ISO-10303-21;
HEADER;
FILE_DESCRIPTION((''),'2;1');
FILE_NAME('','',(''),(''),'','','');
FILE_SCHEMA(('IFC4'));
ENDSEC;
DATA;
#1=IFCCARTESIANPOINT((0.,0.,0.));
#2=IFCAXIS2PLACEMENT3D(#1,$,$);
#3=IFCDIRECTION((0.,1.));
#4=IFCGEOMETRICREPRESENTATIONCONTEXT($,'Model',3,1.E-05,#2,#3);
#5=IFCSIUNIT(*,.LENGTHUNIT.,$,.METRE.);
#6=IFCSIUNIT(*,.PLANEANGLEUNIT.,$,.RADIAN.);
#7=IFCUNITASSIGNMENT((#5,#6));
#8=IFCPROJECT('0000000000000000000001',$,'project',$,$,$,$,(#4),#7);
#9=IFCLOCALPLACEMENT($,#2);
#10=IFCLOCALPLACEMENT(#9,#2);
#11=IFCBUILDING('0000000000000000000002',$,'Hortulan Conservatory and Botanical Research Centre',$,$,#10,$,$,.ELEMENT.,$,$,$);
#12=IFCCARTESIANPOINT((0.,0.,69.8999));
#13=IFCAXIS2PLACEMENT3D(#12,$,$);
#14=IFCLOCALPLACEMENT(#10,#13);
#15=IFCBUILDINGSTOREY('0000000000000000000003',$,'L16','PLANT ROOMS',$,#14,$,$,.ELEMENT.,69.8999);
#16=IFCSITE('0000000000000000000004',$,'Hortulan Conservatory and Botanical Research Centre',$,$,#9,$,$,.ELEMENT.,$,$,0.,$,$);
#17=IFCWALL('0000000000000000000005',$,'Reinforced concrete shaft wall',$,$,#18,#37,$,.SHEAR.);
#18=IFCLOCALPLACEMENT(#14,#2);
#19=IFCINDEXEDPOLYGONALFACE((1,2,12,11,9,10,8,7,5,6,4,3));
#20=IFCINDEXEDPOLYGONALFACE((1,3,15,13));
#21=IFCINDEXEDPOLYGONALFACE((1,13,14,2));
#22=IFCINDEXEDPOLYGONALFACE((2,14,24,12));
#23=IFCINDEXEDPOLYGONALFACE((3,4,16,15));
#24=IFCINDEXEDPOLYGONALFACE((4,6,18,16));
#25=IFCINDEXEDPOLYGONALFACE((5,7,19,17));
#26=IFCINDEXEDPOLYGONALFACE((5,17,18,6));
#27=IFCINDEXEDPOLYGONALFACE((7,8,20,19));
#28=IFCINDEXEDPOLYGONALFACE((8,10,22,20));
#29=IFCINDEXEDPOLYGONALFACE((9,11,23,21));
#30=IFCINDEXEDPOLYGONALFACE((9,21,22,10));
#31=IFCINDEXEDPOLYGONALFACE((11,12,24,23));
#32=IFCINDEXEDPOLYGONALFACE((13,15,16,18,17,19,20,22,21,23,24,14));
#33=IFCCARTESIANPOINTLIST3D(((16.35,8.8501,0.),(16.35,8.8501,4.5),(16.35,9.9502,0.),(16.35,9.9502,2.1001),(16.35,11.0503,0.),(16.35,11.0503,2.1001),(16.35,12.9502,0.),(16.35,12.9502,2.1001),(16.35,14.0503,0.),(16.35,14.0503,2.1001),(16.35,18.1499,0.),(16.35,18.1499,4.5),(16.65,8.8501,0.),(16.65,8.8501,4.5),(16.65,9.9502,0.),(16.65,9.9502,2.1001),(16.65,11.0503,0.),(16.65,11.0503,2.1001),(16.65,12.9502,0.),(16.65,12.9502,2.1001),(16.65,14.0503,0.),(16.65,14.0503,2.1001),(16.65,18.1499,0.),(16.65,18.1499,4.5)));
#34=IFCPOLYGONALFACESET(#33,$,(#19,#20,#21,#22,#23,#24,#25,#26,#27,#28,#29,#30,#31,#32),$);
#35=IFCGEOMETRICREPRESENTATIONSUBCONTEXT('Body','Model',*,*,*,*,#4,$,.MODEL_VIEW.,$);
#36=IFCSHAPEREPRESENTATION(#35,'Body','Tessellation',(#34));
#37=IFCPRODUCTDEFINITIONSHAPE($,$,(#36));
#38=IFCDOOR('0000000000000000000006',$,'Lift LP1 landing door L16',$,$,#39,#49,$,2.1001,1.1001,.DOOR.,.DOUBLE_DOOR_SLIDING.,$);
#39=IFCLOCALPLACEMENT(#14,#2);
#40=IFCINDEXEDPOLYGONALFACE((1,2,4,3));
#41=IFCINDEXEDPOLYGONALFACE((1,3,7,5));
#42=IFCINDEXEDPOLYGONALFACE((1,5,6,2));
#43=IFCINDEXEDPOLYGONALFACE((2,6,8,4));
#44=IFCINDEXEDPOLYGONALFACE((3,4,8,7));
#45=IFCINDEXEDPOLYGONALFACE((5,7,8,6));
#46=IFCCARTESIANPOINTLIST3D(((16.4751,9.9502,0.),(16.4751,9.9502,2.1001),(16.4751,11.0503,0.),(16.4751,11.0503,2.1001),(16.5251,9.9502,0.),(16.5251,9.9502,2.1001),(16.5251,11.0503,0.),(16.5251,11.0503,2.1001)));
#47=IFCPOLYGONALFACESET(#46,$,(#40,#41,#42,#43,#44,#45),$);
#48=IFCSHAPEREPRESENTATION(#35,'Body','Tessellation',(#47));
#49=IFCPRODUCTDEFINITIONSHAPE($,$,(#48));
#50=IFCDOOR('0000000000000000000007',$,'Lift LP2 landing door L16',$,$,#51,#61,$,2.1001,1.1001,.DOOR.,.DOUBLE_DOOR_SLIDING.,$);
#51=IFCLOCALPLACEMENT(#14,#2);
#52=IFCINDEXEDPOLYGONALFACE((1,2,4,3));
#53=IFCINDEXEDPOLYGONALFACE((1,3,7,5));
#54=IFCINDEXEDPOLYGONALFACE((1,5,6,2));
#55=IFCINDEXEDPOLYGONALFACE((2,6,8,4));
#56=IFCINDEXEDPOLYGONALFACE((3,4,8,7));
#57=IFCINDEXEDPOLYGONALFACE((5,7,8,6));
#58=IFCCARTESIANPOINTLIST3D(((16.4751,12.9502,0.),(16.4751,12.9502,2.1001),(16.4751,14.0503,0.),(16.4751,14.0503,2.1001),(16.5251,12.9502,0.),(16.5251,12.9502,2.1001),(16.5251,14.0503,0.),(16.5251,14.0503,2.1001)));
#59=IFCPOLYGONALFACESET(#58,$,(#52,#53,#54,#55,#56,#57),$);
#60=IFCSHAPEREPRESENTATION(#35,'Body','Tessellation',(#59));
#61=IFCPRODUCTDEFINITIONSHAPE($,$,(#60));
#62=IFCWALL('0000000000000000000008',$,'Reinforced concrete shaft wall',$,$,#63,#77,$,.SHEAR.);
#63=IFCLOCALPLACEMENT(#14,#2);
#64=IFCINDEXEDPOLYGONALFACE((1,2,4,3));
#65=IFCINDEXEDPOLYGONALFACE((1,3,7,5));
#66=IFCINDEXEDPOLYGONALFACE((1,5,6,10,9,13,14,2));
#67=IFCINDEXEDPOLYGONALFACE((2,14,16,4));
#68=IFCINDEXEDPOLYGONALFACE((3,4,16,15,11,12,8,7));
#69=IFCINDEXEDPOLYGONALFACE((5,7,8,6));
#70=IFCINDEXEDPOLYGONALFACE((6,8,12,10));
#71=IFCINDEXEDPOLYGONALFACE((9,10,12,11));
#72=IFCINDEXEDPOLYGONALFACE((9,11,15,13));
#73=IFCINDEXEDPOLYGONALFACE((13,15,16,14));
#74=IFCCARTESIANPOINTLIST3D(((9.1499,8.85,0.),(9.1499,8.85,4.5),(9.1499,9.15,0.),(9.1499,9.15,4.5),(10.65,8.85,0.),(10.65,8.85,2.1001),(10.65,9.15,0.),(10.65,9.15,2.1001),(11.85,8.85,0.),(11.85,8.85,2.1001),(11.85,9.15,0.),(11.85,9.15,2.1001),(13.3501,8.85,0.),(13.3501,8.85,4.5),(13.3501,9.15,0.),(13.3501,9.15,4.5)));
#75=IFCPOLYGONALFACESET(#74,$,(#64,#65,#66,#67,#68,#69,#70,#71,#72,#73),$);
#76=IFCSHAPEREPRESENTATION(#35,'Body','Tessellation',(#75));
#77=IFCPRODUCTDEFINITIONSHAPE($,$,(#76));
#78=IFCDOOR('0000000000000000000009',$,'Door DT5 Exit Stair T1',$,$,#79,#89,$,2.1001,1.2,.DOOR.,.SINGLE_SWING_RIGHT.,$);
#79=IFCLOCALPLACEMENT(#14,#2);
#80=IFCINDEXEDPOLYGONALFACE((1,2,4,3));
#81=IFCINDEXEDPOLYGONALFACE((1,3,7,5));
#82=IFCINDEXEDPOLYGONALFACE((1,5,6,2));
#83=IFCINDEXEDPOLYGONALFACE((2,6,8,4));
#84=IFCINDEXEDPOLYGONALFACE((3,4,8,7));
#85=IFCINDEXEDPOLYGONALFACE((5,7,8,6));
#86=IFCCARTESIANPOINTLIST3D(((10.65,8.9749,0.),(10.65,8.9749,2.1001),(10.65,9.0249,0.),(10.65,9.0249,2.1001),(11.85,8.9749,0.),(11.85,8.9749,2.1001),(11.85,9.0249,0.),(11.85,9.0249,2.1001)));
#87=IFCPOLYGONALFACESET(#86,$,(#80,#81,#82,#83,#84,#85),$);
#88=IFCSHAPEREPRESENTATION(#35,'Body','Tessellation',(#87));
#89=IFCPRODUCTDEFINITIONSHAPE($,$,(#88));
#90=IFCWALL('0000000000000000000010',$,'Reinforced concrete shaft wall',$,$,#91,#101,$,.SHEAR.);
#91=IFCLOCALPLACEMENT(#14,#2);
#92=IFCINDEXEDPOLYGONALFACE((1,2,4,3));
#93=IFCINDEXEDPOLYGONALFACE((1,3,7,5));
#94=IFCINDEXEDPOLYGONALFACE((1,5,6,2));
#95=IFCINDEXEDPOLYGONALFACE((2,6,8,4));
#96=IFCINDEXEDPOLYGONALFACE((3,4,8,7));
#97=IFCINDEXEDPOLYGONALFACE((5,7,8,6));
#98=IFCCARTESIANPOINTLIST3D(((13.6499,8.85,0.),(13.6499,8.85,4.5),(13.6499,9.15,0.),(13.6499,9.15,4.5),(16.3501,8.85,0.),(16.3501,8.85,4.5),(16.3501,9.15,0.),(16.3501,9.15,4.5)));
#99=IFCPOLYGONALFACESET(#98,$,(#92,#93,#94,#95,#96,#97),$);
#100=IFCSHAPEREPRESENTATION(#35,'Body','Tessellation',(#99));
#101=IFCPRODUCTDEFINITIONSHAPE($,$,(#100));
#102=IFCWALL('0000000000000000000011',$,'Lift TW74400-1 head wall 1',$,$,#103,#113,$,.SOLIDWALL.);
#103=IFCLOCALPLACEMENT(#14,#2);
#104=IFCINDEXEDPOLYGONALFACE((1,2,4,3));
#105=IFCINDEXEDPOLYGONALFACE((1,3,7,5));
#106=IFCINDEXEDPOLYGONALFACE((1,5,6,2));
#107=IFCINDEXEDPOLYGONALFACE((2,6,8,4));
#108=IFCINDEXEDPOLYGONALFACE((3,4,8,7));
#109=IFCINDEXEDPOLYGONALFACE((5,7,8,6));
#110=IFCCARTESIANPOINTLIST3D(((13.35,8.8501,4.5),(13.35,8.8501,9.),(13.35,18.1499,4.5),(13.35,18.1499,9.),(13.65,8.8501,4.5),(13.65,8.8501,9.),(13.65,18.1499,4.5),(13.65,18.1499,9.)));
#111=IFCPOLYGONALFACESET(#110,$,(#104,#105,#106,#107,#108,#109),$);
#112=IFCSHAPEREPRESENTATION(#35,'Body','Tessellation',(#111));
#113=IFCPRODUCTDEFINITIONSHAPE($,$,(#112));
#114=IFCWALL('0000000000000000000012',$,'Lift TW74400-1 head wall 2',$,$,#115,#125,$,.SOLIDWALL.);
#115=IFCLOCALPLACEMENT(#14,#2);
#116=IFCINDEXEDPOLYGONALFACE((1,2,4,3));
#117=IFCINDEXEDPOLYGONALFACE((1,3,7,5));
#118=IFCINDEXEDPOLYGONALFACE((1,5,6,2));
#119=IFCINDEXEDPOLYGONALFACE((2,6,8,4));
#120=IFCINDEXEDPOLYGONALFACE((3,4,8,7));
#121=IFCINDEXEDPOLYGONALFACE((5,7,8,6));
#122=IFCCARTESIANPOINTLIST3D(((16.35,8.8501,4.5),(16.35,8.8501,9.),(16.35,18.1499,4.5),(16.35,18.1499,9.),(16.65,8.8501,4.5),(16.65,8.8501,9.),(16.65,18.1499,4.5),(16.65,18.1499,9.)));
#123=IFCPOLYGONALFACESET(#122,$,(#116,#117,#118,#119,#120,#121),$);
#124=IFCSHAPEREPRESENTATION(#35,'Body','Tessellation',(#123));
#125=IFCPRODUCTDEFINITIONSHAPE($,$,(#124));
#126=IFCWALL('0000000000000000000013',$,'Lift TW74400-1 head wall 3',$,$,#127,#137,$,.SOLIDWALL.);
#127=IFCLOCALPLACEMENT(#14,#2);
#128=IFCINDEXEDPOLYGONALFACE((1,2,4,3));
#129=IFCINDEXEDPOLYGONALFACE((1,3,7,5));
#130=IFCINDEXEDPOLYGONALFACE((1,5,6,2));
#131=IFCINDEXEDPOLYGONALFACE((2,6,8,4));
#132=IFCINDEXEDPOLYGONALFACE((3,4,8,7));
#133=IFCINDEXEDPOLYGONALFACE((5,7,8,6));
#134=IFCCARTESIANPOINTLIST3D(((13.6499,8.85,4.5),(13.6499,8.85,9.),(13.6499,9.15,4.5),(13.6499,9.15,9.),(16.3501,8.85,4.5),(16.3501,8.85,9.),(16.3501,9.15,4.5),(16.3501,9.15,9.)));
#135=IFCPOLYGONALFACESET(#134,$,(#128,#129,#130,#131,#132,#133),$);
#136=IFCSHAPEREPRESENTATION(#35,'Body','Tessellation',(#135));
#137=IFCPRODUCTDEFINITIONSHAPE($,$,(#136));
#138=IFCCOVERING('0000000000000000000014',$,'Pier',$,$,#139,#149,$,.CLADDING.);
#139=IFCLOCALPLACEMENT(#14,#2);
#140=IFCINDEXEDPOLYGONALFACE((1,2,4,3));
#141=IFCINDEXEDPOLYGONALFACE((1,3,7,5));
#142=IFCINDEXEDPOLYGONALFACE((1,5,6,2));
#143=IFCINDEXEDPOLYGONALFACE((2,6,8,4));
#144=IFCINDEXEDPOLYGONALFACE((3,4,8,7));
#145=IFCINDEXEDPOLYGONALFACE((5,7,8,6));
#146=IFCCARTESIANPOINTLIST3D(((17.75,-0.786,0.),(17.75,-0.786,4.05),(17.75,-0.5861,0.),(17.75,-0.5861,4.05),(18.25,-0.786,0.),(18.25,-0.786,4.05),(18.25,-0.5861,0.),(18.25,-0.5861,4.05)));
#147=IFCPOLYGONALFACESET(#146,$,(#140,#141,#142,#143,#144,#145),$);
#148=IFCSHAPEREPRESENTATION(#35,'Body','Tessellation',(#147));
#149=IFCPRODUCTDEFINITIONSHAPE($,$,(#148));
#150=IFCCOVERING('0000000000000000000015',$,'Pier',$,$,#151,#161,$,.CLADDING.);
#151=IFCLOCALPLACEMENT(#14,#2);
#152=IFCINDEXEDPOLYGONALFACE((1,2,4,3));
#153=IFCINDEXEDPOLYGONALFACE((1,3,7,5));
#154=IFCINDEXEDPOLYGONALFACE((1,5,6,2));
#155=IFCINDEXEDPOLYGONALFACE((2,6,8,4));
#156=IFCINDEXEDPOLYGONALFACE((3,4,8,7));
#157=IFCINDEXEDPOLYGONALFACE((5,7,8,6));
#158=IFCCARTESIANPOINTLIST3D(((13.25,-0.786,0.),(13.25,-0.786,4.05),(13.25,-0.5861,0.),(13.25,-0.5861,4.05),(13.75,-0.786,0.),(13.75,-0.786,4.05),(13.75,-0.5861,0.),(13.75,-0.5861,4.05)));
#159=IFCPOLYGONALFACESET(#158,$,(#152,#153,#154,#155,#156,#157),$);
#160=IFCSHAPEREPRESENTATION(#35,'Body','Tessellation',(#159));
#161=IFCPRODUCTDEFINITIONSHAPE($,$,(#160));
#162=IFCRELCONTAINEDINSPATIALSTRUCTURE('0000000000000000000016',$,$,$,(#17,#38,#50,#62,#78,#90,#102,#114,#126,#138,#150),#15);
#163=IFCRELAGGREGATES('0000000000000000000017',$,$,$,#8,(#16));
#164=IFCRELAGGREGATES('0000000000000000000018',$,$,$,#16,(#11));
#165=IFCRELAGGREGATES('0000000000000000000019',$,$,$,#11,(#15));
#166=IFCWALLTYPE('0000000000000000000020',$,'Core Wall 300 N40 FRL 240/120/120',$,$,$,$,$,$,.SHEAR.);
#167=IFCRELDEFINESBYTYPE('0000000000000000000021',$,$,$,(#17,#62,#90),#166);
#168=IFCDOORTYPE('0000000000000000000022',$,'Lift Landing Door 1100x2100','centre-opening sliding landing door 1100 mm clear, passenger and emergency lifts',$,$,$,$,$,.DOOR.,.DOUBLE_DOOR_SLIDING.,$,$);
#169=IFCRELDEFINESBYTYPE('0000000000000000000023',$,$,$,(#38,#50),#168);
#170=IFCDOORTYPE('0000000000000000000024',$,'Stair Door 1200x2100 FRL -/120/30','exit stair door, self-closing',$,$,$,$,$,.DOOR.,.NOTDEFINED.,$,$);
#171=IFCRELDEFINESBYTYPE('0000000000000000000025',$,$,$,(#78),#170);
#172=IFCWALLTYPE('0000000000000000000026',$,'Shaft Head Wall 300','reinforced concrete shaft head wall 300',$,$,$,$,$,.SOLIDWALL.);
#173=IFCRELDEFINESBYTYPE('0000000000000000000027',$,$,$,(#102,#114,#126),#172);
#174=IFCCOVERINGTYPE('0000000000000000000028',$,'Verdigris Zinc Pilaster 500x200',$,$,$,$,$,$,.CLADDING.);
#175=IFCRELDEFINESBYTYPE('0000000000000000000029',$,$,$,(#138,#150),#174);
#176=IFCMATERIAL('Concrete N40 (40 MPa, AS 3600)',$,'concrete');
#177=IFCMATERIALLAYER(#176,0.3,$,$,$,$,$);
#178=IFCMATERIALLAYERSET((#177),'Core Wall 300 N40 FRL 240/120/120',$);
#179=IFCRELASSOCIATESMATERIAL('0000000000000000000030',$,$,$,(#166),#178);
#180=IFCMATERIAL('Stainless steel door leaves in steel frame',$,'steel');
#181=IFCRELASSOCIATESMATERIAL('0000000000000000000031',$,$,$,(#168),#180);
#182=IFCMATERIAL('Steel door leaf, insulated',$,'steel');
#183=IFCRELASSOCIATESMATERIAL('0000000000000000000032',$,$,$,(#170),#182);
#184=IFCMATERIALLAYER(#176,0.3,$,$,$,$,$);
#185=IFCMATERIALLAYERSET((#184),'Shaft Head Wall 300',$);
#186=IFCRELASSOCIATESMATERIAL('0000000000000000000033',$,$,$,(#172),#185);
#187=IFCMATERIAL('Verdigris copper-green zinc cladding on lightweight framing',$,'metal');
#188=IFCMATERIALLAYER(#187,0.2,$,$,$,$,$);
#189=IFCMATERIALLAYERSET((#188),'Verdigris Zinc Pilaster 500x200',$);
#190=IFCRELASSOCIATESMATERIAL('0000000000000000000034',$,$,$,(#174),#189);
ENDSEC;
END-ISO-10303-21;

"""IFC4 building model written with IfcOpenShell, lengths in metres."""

from ifc_helpers import new_model, si_unit, direction, frame, frame_2d, origin, origin_2d, place, context, subcontext, project, spatial, rectangle, extrude, material, layer, layer_set, type_object, element, fill, save


model = new_model("IFC4")

# Units and contexts
model_context = context("Model", 3, precision=1e-05, world=origin(), true_north=direction((0.0, 1.0)))
body_context = subcontext(model_context, "Body", "Model", "MODEL_VIEW")
ifc_project = project(units=[si_unit("LENGTHUNIT", "METRE"), si_unit("PLANEANGLEUNIT", "RADIAN")], contexts=[model_context])

# Site, building, storey
site_placement = place(None, origin())
site = spatial("IfcSite", under=ifc_project, at=site_placement, Name="Hortulan Conservatory and Botanical Research Centre", CompositionType="ELEMENT", RefElevation=0.0)
building_placement = place(site_placement, origin())
building = spatial("IfcBuilding", under=site, at=building_placement, Name="Hortulan Conservatory and Botanical Research Centre", CompositionType="ELEMENT")
storey_placement = place(building_placement, frame((0.0, 0.0, 69.8999)))
storey = spatial("IfcBuildingStorey", under=building, at=storey_placement, Name="L16", Description="PLANT ROOMS", CompositionType="ELEMENT", Elevation=69.8999)

# Shared definitions
ifc_material_1 = material(Name="Concrete N40 (40 MPa, AS 3600)", Category="concrete")
ifc_layer_1 = layer(ifc_material_1, 0.3)
ifc_layer_set_1 = layer_set([ifc_layer_1], Name="Core Wall 300 N40 FRL 240/120/120")
wall_type_1 = type_object("IfcWallType", Name="Core Wall 300 N40 FRL 240/120/120", PredefinedType="SHEAR", material=ifc_layer_set_1)

# Wall, openings, doors
wall_1_placement = place(storey_placement, frame((16.5, 8.8501, 0.0), z_axis=(0.0, 0.0, 1.0), x_axis=(0.0, 1.0, 0.0)))
wall_1 = element("IfcWall", 1, at=wall_1_placement, inside=storey, type_object=wall_type_1, Name="Reinforced concrete shaft wall", PredefinedType="SHEAR", context=body_context, shape_type="SweptSolid", body=[
    extrude(rectangle(XDim=9.2998, YDim=0.3, at=frame_2d((4.6499, 0.0))), origin(), (0.0, 0.0, 1.0), 4.5),
])
opening_1_placement = place(wall_1_placement, frame((1.1001, 0.0, 0.0)))
opening_1 = element("IfcOpeningElement", 2, at=opening_1_placement, cuts=wall_1, PredefinedType="OPENING", context=body_context, shape_type="SweptSolid", body=[
    extrude(rectangle(XDim=1.1001, YDim=2.1001, at=frame_2d((0.55, 1.05))), frame((0.0, 0.1599, 0.0), z_axis=(0.0, -1.0, 0.0), x_axis=(1.0, 0.0, 0.0)), (0.0, 0.0, 1.0), 0.3201),
])
opening_2_placement = place(wall_1_placement, frame((4.1001, 0.0, 0.0)))
opening_2 = element("IfcOpeningElement", 3, at=opening_2_placement, cuts=wall_1, PredefinedType="OPENING", context=body_context, shape_type="SweptSolid", body=[
    extrude(rectangle(XDim=1.1001, YDim=2.1001, at=frame_2d((0.55, 1.05))), frame((0.0, 0.1599, 0.0), z_axis=(0.0, -1.0, 0.0), x_axis=(1.0, 0.0, 0.0)), (0.0, 0.0, 1.0), 0.3201),
])
ifc_material_2 = material(Name="Stainless steel door leaves in steel frame", Category="steel")
door_type_1 = type_object("IfcDoorType", Name="Lift Landing Door 1100x2100", Description="centre-opening sliding landing door 1100 mm clear, passenger and emergency lifts", OperationType="DOUBLE_DOOR_SLIDING", PredefinedType="DOOR", material=ifc_material_2)
door_1_placement = place(opening_1_placement, origin())
door_1 = element("IfcDoor", 4, at=door_1_placement, inside=storey, type_object=door_type_1, Name="Lift LP1 landing door L16", OperationType="DOUBLE_DOOR_SLIDING", OverallHeight=2.1001, OverallWidth=1.1001, PredefinedType="DOOR", context=body_context, shape_type="SweptSolid", body=[
    extrude(rectangle(XDim=1.1001, YDim=2.1001, at=frame_2d((0.55, 1.05))), frame((0.0, 0.0249, 0.0), z_axis=(0.0, -1.0, 0.0), x_axis=(1.0, 0.0, 0.0)), (0.0, 0.0, 1.0), 0.05),
])
fill(opening_1, door_1)
door_2_placement = place(opening_2_placement, origin())
door_2 = element("IfcDoor", 5, at=door_2_placement, inside=storey, type_object=door_type_1, Name="Lift LP2 landing door L16", OperationType="DOUBLE_DOOR_SLIDING", OverallHeight=2.1001, OverallWidth=1.1001, PredefinedType="DOOR", context=body_context, shape_type="SweptSolid", body=[
    extrude(rectangle(XDim=1.1001, YDim=2.1001, at=frame_2d((0.55, 1.05))), frame((0.0, 0.0249, 0.0), z_axis=(0.0, -1.0, 0.0), x_axis=(1.0, 0.0, 0.0)), (0.0, 0.0, 1.0), 0.05),
])
fill(opening_2, door_2)

# Wall, opening, door
wall_2_placement = place(storey_placement, frame((9.1499, 9.0, 0.0), z_axis=(0.0, 0.0, 1.0), x_axis=(1.0, 0.0, 0.0)))
wall_2 = element("IfcWall", 6, at=wall_2_placement, inside=storey, type_object=wall_type_1, Name="Reinforced concrete shaft wall", PredefinedType="SHEAR", context=body_context, shape_type="SweptSolid", body=[
    extrude(rectangle(XDim=4.2002, YDim=0.3, at=frame_2d((2.1001, 0.0))), origin(), (0.0, 0.0, 1.0), 4.5),
])
opening_3_placement = place(wall_2_placement, frame((1.5, 0.0, 0.0)))
opening_3 = element("IfcOpeningElement", 7, at=opening_3_placement, cuts=wall_2, PredefinedType="OPENING", context=body_context, shape_type="SweptSolid", body=[
    extrude(rectangle(XDim=1.2, YDim=2.1001, at=frame_2d((0.6001, 1.05))), frame((0.0, 0.1599, 0.0), z_axis=(0.0, -1.0, 0.0), x_axis=(1.0, 0.0, 0.0)), (0.0, 0.0, 1.0), 0.3201),
])
ifc_material_3 = material(Name="Steel door leaf, insulated", Category="steel")
door_type_2 = type_object("IfcDoorType", Name="Stair Door 1200x2100 FRL -/120/30", Description="exit stair door, self-closing", OperationType="NOTDEFINED", PredefinedType="DOOR", material=ifc_material_3)
door_3_placement = place(opening_3_placement, origin())
door_3 = element("IfcDoor", 8, at=door_3_placement, inside=storey, type_object=door_type_2, Name="Door DT5 Exit Stair T1", OperationType="SINGLE_SWING_RIGHT", OverallHeight=2.1001, OverallWidth=1.2, PredefinedType="DOOR", context=body_context, shape_type="SweptSolid", body=[
    extrude(rectangle(XDim=1.2, YDim=2.1001, at=frame_2d((0.6001, 1.05))), frame((0.0, 0.0249, 0.0), z_axis=(0.0, -1.0, 0.0), x_axis=(1.0, 0.0, 0.0)), (0.0, 0.0, 1.0), 0.05),
])
fill(opening_3, door_3)

# Walls
wall_3_placement = place(storey_placement, frame((13.6499, 9.0, 0.0), z_axis=(0.0, 0.0, 1.0), x_axis=(1.0, 0.0, 0.0)))
element("IfcWall", 9, at=wall_3_placement, inside=storey, type_object=wall_type_1, Name="Reinforced concrete shaft wall", PredefinedType="SHEAR", context=body_context, shape_type="SweptSolid", body=[
    extrude(rectangle(XDim=2.7002, YDim=0.3, at=frame_2d((1.3501, 0.0))), origin(), (0.0, 0.0, 1.0), 4.5),
])
ifc_layer_2 = layer(ifc_material_1, 0.3)
ifc_layer_set_2 = layer_set([ifc_layer_2], Name="Shaft Head Wall 300")
wall_type_2 = type_object("IfcWallType", Name="Shaft Head Wall 300", Description="reinforced concrete shaft head wall 300", PredefinedType="SOLIDWALL", material=ifc_layer_set_2)
for number, where, z_axis, x_axis, name in (
    (10, (13.5, 8.8501, 4.5), (0.0, 0.0, 1.0), (0.0, 1.0, 0.0), "Lift TW74400-1 head wall 1"),
    (11, (16.5, 8.8501, 4.5), (0.0, 0.0, 1.0), (0.0, 1.0, 0.0), "Lift TW74400-1 head wall 2"),
):
    element("IfcWall", number, at=place(storey_placement, frame(where, z_axis=z_axis, x_axis=x_axis)), inside=storey, type_object=wall_type_2, Name=name, PredefinedType="SOLIDWALL", context=body_context, shape_type="SweptSolid", body=[
        extrude(rectangle(XDim=9.2998, YDim=0.3, at=frame_2d((4.6499, 0.0))), origin(), (0.0, 0.0, 1.0), 4.5),
    ])
wall_4_placement = place(storey_placement, frame((13.6499, 9.0, 4.5), z_axis=(0.0, 0.0, 1.0), x_axis=(1.0, 0.0, 0.0)))
element("IfcWall", 12, at=wall_4_placement, inside=storey, type_object=wall_type_2, Name="Lift TW74400-1 head wall 3", PredefinedType="SOLIDWALL", context=body_context, shape_type="SweptSolid", body=[
    extrude(rectangle(XDim=2.7002, YDim=0.3, at=frame_2d((1.3501, 0.0))), origin(), (0.0, 0.0, 1.0), 4.5),
])

# Coverings
ifc_material_4 = material(Name="Verdigris copper-green zinc cladding on lightweight framing", Category="metal")
ifc_layer_3 = layer(ifc_material_4, 0.2)
ifc_layer_set_3 = layer_set([ifc_layer_3], Name="Verdigris Zinc Pilaster 500x200")
covering_type = type_object("IfcCoveringType", Name="Verdigris Zinc Pilaster 500x200", PredefinedType="CLADDING", material=ifc_layer_set_3)
for number, where, z_axis, x_axis, name in (
    (13, (18.0, -0.686, 0.0), (0.0, 0.0, 1.0), (-1.0, 0.0, 0.0), "Pier"),
    (14, (13.5, -0.686, 0.0), (0.0, 0.0, 1.0), (-1.0, 0.0, 0.0), "Pier"),
):
    element("IfcCovering", number, at=place(storey_placement, frame(where, z_axis=z_axis, x_axis=x_axis)), inside=storey, type_object=covering_type, Name=name, PredefinedType="CLADDING", context=body_context, shape_type="SweptSolid", body=[
        extrude(rectangle(XDim=0.5, YDim=0.2, at=origin_2d()), origin(), (0.0, 0.0, 1.0), 4.05),
    ])

save(model, "model.ifc")
